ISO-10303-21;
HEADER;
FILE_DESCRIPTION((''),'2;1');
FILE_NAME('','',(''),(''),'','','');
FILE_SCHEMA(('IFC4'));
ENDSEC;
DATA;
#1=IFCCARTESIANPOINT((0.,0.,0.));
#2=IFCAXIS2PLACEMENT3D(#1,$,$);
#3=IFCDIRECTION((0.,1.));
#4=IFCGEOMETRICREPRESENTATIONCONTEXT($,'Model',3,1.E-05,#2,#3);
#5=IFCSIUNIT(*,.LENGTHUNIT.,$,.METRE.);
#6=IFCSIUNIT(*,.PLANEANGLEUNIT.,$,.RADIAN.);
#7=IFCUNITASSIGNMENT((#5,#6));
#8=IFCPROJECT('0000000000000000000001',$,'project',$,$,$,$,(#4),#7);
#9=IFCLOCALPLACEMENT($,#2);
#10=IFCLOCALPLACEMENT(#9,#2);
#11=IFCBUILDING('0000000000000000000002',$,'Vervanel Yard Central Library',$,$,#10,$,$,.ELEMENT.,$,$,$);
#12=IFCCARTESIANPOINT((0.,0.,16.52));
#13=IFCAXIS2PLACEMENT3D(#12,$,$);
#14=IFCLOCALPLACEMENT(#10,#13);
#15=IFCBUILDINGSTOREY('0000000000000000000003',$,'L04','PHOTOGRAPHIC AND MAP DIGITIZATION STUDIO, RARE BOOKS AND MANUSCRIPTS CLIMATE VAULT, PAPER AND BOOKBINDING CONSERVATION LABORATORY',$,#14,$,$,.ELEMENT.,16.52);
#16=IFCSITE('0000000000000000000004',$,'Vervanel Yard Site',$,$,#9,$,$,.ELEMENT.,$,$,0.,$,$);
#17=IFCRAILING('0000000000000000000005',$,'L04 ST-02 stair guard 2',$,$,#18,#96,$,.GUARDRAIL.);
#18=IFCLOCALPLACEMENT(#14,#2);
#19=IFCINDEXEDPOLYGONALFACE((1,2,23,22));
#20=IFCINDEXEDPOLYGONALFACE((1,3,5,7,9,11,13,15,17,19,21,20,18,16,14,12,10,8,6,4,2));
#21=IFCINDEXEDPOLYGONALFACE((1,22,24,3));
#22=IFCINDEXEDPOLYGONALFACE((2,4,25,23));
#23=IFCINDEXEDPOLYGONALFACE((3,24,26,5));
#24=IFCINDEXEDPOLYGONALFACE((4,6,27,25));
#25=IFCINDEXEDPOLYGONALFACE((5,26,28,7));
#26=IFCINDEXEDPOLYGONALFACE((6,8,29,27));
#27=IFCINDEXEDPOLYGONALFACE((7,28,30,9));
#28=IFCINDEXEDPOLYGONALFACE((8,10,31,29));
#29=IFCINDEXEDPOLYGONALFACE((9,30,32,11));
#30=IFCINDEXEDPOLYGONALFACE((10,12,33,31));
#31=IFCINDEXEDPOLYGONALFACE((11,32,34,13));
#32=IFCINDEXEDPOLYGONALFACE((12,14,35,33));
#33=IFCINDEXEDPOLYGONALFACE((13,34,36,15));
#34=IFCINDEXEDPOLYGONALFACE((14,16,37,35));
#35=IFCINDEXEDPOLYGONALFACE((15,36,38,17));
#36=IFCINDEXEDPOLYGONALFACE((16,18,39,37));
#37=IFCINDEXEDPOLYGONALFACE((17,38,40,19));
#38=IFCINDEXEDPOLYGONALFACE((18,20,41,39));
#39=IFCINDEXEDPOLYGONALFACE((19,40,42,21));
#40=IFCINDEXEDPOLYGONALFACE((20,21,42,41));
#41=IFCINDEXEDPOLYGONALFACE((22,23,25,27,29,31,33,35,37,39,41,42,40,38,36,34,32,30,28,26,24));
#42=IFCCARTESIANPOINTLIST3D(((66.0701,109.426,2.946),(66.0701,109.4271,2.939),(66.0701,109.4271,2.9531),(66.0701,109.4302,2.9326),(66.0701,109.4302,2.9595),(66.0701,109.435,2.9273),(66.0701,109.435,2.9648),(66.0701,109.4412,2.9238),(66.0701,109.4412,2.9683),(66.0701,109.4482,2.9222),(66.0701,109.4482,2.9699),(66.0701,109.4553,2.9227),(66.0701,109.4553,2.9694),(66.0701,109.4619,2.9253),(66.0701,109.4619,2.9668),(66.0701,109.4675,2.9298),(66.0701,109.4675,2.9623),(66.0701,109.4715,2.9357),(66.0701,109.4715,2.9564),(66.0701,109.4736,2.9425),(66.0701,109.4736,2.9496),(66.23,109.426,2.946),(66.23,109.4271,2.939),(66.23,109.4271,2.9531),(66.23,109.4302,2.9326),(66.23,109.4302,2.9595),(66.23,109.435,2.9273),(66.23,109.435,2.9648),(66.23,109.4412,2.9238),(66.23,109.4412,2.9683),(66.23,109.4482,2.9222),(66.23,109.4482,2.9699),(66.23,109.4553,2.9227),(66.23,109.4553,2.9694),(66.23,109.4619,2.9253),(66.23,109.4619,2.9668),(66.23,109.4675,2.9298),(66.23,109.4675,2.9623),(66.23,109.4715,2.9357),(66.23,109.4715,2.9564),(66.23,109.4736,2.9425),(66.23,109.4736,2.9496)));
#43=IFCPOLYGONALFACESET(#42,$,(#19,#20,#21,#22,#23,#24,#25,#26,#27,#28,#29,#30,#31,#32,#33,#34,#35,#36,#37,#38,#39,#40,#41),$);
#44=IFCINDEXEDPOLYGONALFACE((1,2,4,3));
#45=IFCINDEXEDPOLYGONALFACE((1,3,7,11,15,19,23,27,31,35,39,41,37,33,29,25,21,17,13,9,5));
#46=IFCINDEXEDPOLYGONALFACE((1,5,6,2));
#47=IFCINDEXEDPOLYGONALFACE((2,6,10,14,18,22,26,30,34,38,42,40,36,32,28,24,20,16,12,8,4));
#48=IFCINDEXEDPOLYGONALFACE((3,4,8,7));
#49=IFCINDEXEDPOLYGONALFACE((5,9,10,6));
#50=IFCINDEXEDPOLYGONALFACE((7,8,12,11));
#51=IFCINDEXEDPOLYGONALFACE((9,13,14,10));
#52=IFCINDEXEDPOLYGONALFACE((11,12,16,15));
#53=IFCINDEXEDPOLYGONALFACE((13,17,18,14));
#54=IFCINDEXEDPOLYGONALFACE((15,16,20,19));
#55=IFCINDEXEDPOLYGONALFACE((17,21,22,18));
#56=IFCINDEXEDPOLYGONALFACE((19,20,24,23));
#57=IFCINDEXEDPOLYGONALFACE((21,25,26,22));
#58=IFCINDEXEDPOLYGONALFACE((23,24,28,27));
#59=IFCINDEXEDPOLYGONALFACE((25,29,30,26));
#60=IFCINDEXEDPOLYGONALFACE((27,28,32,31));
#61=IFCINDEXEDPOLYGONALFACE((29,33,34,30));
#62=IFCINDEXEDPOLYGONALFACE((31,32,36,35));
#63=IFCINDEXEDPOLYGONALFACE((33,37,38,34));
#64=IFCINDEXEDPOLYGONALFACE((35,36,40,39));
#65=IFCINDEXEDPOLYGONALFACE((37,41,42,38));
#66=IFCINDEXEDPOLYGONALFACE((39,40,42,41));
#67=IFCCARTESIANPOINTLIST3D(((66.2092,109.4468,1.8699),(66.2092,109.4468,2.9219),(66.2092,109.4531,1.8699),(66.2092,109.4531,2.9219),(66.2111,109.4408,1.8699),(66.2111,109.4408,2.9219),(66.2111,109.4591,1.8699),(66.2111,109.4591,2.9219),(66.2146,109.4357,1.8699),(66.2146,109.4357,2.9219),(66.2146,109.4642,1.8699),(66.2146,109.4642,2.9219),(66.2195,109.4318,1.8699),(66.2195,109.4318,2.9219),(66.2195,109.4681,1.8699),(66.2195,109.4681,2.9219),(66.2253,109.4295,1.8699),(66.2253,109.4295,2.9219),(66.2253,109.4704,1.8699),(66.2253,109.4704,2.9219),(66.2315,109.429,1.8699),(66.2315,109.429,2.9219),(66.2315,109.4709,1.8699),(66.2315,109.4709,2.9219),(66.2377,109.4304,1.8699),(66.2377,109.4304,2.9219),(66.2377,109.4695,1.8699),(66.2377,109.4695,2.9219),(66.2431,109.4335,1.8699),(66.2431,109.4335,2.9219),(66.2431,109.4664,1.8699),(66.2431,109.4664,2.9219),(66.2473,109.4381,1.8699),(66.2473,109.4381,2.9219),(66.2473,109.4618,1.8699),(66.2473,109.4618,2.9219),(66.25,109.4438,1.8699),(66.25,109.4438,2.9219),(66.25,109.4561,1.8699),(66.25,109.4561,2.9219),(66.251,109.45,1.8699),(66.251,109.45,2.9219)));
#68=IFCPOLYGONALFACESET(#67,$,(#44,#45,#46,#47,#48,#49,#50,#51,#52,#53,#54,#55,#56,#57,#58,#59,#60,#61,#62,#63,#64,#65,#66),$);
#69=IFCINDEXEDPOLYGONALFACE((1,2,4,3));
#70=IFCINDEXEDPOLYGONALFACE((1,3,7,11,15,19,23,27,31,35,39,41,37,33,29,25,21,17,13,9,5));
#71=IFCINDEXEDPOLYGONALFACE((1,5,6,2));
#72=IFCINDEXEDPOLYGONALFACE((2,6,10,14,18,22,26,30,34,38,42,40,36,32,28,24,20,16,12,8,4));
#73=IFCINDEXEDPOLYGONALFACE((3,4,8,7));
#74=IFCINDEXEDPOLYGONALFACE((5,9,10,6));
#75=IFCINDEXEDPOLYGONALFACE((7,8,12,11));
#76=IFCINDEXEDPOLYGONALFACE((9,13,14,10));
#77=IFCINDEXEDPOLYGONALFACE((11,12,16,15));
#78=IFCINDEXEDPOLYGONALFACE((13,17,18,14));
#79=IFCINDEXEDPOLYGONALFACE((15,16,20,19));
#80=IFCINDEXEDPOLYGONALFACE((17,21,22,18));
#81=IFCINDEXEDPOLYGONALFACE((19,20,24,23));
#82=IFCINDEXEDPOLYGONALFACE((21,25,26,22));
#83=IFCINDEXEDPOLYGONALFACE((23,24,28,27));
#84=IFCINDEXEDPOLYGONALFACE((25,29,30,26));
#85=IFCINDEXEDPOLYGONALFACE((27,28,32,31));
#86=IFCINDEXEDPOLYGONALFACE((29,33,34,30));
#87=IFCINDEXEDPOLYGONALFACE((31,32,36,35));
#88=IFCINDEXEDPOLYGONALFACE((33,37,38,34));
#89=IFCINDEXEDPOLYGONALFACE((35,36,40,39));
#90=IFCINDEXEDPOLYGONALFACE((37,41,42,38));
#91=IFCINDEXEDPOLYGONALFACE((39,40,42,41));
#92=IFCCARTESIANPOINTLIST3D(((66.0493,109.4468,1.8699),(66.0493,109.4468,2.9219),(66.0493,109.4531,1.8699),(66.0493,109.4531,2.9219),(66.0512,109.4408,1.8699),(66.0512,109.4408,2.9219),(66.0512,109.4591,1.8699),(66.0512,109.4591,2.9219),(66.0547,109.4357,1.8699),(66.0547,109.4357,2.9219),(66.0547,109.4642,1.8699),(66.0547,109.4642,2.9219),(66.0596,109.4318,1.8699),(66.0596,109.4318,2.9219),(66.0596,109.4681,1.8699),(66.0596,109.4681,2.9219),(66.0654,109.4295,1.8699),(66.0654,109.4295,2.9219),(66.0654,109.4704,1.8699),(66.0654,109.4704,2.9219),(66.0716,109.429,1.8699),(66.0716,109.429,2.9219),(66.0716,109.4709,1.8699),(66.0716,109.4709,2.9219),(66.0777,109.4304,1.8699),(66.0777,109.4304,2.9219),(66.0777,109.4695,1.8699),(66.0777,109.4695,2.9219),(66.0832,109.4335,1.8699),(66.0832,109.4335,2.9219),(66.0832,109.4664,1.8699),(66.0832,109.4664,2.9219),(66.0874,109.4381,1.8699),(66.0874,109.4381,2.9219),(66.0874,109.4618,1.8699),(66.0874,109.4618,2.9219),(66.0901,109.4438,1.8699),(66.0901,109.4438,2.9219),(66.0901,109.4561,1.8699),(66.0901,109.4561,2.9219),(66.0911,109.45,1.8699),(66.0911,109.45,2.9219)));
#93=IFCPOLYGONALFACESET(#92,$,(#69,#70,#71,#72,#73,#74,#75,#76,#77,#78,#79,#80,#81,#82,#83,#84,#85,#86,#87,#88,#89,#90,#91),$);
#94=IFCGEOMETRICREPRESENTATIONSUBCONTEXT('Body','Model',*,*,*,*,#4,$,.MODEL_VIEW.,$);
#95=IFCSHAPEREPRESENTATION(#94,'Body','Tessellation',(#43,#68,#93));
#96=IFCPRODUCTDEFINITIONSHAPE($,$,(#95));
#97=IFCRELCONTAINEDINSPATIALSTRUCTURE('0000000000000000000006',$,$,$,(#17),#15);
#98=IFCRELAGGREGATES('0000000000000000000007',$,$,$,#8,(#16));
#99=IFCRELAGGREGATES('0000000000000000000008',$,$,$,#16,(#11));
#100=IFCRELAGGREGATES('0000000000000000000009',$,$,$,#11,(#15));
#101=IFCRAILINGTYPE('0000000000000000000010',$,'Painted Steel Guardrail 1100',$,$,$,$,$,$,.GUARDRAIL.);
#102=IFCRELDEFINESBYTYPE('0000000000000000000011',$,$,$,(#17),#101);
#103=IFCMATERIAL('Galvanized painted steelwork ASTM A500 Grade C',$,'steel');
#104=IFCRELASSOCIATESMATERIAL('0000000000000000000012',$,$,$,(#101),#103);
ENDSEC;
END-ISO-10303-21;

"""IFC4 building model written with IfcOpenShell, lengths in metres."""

from ifc_helpers import new_model, si_unit, direction, frame, origin, origin_2d, place, context, subcontext, project, spatial, circle, extrude, material, type_object, element, save


model = new_model("IFC4")

# Units and contexts
model_context = context("Model", 3, precision=1e-05, world=origin(), true_north=direction((0.0, 1.0)))
body_context = subcontext(model_context, "Body", "Model", "MODEL_VIEW")
ifc_project = project(units=[si_unit("LENGTHUNIT", "METRE"), si_unit("PLANEANGLEUNIT", "RADIAN")], contexts=[model_context])

# Site, building, storey
site_placement = place(None, origin())
site = spatial("IfcSite", under=ifc_project, at=site_placement, Name="Vervanel Yard Site", CompositionType="ELEMENT", RefElevation=0.0)
building_placement = place(site_placement, origin())
building = spatial("IfcBuilding", under=site, at=building_placement, Name="Vervanel Yard Central Library", CompositionType="ELEMENT")
storey_placement = place(building_placement, frame((0.0, 0.0, 16.52)))
storey = spatial("IfcBuildingStorey", under=building, at=storey_placement, Name="L04", Description="PHOTOGRAPHIC AND MAP DIGITIZATION STUDIO, RARE BOOKS AND MANUSCRIPTS CLIMATE VAULT, PAPER AND BOOKBINDING CONSERVATION LABORATORY", CompositionType="ELEMENT", Elevation=16.52)

# Shared definitions
ifc_material_1 = material(Name="Galvanized painted steelwork ASTM A500 Grade C", Category="steel")

# Railing
railing_type_1 = type_object("IfcRailingType", Name="Painted Steel Guardrail 1100", PredefinedType="GUARDRAIL", material=ifc_material_1)
railing_1_placement = place(storey_placement, frame((66.23, 109.45, 1.8699)))
element("IfcRailing", 1, at=railing_1_placement, inside=storey, type_object=railing_type_1, Name="L04 ST-02 stair guard 2", PredefinedType="GUARDRAIL", context=body_context, shape_type="SweptSolid", body=[
    extrude(circle(Radius=0.0239, at=origin_2d()), frame((0.0, 0.0, 1.0762), z_axis=(-1.0, 0.0, 0.0), x_axis=(0.0, -1.0, 0.0)), (0.0, 0.0, 1.0), 0.1599),
    extrude(circle(Radius=0.021, at=origin_2d()), origin(), (0.0, 0.0, 1.0), 1.052),
    extrude(circle(Radius=0.021, at=origin_2d()), frame((-0.1599, 0.0, 0.0)), (0.0, 0.0, 1.0), 1.052),
])

save(model, "model.ifc")
